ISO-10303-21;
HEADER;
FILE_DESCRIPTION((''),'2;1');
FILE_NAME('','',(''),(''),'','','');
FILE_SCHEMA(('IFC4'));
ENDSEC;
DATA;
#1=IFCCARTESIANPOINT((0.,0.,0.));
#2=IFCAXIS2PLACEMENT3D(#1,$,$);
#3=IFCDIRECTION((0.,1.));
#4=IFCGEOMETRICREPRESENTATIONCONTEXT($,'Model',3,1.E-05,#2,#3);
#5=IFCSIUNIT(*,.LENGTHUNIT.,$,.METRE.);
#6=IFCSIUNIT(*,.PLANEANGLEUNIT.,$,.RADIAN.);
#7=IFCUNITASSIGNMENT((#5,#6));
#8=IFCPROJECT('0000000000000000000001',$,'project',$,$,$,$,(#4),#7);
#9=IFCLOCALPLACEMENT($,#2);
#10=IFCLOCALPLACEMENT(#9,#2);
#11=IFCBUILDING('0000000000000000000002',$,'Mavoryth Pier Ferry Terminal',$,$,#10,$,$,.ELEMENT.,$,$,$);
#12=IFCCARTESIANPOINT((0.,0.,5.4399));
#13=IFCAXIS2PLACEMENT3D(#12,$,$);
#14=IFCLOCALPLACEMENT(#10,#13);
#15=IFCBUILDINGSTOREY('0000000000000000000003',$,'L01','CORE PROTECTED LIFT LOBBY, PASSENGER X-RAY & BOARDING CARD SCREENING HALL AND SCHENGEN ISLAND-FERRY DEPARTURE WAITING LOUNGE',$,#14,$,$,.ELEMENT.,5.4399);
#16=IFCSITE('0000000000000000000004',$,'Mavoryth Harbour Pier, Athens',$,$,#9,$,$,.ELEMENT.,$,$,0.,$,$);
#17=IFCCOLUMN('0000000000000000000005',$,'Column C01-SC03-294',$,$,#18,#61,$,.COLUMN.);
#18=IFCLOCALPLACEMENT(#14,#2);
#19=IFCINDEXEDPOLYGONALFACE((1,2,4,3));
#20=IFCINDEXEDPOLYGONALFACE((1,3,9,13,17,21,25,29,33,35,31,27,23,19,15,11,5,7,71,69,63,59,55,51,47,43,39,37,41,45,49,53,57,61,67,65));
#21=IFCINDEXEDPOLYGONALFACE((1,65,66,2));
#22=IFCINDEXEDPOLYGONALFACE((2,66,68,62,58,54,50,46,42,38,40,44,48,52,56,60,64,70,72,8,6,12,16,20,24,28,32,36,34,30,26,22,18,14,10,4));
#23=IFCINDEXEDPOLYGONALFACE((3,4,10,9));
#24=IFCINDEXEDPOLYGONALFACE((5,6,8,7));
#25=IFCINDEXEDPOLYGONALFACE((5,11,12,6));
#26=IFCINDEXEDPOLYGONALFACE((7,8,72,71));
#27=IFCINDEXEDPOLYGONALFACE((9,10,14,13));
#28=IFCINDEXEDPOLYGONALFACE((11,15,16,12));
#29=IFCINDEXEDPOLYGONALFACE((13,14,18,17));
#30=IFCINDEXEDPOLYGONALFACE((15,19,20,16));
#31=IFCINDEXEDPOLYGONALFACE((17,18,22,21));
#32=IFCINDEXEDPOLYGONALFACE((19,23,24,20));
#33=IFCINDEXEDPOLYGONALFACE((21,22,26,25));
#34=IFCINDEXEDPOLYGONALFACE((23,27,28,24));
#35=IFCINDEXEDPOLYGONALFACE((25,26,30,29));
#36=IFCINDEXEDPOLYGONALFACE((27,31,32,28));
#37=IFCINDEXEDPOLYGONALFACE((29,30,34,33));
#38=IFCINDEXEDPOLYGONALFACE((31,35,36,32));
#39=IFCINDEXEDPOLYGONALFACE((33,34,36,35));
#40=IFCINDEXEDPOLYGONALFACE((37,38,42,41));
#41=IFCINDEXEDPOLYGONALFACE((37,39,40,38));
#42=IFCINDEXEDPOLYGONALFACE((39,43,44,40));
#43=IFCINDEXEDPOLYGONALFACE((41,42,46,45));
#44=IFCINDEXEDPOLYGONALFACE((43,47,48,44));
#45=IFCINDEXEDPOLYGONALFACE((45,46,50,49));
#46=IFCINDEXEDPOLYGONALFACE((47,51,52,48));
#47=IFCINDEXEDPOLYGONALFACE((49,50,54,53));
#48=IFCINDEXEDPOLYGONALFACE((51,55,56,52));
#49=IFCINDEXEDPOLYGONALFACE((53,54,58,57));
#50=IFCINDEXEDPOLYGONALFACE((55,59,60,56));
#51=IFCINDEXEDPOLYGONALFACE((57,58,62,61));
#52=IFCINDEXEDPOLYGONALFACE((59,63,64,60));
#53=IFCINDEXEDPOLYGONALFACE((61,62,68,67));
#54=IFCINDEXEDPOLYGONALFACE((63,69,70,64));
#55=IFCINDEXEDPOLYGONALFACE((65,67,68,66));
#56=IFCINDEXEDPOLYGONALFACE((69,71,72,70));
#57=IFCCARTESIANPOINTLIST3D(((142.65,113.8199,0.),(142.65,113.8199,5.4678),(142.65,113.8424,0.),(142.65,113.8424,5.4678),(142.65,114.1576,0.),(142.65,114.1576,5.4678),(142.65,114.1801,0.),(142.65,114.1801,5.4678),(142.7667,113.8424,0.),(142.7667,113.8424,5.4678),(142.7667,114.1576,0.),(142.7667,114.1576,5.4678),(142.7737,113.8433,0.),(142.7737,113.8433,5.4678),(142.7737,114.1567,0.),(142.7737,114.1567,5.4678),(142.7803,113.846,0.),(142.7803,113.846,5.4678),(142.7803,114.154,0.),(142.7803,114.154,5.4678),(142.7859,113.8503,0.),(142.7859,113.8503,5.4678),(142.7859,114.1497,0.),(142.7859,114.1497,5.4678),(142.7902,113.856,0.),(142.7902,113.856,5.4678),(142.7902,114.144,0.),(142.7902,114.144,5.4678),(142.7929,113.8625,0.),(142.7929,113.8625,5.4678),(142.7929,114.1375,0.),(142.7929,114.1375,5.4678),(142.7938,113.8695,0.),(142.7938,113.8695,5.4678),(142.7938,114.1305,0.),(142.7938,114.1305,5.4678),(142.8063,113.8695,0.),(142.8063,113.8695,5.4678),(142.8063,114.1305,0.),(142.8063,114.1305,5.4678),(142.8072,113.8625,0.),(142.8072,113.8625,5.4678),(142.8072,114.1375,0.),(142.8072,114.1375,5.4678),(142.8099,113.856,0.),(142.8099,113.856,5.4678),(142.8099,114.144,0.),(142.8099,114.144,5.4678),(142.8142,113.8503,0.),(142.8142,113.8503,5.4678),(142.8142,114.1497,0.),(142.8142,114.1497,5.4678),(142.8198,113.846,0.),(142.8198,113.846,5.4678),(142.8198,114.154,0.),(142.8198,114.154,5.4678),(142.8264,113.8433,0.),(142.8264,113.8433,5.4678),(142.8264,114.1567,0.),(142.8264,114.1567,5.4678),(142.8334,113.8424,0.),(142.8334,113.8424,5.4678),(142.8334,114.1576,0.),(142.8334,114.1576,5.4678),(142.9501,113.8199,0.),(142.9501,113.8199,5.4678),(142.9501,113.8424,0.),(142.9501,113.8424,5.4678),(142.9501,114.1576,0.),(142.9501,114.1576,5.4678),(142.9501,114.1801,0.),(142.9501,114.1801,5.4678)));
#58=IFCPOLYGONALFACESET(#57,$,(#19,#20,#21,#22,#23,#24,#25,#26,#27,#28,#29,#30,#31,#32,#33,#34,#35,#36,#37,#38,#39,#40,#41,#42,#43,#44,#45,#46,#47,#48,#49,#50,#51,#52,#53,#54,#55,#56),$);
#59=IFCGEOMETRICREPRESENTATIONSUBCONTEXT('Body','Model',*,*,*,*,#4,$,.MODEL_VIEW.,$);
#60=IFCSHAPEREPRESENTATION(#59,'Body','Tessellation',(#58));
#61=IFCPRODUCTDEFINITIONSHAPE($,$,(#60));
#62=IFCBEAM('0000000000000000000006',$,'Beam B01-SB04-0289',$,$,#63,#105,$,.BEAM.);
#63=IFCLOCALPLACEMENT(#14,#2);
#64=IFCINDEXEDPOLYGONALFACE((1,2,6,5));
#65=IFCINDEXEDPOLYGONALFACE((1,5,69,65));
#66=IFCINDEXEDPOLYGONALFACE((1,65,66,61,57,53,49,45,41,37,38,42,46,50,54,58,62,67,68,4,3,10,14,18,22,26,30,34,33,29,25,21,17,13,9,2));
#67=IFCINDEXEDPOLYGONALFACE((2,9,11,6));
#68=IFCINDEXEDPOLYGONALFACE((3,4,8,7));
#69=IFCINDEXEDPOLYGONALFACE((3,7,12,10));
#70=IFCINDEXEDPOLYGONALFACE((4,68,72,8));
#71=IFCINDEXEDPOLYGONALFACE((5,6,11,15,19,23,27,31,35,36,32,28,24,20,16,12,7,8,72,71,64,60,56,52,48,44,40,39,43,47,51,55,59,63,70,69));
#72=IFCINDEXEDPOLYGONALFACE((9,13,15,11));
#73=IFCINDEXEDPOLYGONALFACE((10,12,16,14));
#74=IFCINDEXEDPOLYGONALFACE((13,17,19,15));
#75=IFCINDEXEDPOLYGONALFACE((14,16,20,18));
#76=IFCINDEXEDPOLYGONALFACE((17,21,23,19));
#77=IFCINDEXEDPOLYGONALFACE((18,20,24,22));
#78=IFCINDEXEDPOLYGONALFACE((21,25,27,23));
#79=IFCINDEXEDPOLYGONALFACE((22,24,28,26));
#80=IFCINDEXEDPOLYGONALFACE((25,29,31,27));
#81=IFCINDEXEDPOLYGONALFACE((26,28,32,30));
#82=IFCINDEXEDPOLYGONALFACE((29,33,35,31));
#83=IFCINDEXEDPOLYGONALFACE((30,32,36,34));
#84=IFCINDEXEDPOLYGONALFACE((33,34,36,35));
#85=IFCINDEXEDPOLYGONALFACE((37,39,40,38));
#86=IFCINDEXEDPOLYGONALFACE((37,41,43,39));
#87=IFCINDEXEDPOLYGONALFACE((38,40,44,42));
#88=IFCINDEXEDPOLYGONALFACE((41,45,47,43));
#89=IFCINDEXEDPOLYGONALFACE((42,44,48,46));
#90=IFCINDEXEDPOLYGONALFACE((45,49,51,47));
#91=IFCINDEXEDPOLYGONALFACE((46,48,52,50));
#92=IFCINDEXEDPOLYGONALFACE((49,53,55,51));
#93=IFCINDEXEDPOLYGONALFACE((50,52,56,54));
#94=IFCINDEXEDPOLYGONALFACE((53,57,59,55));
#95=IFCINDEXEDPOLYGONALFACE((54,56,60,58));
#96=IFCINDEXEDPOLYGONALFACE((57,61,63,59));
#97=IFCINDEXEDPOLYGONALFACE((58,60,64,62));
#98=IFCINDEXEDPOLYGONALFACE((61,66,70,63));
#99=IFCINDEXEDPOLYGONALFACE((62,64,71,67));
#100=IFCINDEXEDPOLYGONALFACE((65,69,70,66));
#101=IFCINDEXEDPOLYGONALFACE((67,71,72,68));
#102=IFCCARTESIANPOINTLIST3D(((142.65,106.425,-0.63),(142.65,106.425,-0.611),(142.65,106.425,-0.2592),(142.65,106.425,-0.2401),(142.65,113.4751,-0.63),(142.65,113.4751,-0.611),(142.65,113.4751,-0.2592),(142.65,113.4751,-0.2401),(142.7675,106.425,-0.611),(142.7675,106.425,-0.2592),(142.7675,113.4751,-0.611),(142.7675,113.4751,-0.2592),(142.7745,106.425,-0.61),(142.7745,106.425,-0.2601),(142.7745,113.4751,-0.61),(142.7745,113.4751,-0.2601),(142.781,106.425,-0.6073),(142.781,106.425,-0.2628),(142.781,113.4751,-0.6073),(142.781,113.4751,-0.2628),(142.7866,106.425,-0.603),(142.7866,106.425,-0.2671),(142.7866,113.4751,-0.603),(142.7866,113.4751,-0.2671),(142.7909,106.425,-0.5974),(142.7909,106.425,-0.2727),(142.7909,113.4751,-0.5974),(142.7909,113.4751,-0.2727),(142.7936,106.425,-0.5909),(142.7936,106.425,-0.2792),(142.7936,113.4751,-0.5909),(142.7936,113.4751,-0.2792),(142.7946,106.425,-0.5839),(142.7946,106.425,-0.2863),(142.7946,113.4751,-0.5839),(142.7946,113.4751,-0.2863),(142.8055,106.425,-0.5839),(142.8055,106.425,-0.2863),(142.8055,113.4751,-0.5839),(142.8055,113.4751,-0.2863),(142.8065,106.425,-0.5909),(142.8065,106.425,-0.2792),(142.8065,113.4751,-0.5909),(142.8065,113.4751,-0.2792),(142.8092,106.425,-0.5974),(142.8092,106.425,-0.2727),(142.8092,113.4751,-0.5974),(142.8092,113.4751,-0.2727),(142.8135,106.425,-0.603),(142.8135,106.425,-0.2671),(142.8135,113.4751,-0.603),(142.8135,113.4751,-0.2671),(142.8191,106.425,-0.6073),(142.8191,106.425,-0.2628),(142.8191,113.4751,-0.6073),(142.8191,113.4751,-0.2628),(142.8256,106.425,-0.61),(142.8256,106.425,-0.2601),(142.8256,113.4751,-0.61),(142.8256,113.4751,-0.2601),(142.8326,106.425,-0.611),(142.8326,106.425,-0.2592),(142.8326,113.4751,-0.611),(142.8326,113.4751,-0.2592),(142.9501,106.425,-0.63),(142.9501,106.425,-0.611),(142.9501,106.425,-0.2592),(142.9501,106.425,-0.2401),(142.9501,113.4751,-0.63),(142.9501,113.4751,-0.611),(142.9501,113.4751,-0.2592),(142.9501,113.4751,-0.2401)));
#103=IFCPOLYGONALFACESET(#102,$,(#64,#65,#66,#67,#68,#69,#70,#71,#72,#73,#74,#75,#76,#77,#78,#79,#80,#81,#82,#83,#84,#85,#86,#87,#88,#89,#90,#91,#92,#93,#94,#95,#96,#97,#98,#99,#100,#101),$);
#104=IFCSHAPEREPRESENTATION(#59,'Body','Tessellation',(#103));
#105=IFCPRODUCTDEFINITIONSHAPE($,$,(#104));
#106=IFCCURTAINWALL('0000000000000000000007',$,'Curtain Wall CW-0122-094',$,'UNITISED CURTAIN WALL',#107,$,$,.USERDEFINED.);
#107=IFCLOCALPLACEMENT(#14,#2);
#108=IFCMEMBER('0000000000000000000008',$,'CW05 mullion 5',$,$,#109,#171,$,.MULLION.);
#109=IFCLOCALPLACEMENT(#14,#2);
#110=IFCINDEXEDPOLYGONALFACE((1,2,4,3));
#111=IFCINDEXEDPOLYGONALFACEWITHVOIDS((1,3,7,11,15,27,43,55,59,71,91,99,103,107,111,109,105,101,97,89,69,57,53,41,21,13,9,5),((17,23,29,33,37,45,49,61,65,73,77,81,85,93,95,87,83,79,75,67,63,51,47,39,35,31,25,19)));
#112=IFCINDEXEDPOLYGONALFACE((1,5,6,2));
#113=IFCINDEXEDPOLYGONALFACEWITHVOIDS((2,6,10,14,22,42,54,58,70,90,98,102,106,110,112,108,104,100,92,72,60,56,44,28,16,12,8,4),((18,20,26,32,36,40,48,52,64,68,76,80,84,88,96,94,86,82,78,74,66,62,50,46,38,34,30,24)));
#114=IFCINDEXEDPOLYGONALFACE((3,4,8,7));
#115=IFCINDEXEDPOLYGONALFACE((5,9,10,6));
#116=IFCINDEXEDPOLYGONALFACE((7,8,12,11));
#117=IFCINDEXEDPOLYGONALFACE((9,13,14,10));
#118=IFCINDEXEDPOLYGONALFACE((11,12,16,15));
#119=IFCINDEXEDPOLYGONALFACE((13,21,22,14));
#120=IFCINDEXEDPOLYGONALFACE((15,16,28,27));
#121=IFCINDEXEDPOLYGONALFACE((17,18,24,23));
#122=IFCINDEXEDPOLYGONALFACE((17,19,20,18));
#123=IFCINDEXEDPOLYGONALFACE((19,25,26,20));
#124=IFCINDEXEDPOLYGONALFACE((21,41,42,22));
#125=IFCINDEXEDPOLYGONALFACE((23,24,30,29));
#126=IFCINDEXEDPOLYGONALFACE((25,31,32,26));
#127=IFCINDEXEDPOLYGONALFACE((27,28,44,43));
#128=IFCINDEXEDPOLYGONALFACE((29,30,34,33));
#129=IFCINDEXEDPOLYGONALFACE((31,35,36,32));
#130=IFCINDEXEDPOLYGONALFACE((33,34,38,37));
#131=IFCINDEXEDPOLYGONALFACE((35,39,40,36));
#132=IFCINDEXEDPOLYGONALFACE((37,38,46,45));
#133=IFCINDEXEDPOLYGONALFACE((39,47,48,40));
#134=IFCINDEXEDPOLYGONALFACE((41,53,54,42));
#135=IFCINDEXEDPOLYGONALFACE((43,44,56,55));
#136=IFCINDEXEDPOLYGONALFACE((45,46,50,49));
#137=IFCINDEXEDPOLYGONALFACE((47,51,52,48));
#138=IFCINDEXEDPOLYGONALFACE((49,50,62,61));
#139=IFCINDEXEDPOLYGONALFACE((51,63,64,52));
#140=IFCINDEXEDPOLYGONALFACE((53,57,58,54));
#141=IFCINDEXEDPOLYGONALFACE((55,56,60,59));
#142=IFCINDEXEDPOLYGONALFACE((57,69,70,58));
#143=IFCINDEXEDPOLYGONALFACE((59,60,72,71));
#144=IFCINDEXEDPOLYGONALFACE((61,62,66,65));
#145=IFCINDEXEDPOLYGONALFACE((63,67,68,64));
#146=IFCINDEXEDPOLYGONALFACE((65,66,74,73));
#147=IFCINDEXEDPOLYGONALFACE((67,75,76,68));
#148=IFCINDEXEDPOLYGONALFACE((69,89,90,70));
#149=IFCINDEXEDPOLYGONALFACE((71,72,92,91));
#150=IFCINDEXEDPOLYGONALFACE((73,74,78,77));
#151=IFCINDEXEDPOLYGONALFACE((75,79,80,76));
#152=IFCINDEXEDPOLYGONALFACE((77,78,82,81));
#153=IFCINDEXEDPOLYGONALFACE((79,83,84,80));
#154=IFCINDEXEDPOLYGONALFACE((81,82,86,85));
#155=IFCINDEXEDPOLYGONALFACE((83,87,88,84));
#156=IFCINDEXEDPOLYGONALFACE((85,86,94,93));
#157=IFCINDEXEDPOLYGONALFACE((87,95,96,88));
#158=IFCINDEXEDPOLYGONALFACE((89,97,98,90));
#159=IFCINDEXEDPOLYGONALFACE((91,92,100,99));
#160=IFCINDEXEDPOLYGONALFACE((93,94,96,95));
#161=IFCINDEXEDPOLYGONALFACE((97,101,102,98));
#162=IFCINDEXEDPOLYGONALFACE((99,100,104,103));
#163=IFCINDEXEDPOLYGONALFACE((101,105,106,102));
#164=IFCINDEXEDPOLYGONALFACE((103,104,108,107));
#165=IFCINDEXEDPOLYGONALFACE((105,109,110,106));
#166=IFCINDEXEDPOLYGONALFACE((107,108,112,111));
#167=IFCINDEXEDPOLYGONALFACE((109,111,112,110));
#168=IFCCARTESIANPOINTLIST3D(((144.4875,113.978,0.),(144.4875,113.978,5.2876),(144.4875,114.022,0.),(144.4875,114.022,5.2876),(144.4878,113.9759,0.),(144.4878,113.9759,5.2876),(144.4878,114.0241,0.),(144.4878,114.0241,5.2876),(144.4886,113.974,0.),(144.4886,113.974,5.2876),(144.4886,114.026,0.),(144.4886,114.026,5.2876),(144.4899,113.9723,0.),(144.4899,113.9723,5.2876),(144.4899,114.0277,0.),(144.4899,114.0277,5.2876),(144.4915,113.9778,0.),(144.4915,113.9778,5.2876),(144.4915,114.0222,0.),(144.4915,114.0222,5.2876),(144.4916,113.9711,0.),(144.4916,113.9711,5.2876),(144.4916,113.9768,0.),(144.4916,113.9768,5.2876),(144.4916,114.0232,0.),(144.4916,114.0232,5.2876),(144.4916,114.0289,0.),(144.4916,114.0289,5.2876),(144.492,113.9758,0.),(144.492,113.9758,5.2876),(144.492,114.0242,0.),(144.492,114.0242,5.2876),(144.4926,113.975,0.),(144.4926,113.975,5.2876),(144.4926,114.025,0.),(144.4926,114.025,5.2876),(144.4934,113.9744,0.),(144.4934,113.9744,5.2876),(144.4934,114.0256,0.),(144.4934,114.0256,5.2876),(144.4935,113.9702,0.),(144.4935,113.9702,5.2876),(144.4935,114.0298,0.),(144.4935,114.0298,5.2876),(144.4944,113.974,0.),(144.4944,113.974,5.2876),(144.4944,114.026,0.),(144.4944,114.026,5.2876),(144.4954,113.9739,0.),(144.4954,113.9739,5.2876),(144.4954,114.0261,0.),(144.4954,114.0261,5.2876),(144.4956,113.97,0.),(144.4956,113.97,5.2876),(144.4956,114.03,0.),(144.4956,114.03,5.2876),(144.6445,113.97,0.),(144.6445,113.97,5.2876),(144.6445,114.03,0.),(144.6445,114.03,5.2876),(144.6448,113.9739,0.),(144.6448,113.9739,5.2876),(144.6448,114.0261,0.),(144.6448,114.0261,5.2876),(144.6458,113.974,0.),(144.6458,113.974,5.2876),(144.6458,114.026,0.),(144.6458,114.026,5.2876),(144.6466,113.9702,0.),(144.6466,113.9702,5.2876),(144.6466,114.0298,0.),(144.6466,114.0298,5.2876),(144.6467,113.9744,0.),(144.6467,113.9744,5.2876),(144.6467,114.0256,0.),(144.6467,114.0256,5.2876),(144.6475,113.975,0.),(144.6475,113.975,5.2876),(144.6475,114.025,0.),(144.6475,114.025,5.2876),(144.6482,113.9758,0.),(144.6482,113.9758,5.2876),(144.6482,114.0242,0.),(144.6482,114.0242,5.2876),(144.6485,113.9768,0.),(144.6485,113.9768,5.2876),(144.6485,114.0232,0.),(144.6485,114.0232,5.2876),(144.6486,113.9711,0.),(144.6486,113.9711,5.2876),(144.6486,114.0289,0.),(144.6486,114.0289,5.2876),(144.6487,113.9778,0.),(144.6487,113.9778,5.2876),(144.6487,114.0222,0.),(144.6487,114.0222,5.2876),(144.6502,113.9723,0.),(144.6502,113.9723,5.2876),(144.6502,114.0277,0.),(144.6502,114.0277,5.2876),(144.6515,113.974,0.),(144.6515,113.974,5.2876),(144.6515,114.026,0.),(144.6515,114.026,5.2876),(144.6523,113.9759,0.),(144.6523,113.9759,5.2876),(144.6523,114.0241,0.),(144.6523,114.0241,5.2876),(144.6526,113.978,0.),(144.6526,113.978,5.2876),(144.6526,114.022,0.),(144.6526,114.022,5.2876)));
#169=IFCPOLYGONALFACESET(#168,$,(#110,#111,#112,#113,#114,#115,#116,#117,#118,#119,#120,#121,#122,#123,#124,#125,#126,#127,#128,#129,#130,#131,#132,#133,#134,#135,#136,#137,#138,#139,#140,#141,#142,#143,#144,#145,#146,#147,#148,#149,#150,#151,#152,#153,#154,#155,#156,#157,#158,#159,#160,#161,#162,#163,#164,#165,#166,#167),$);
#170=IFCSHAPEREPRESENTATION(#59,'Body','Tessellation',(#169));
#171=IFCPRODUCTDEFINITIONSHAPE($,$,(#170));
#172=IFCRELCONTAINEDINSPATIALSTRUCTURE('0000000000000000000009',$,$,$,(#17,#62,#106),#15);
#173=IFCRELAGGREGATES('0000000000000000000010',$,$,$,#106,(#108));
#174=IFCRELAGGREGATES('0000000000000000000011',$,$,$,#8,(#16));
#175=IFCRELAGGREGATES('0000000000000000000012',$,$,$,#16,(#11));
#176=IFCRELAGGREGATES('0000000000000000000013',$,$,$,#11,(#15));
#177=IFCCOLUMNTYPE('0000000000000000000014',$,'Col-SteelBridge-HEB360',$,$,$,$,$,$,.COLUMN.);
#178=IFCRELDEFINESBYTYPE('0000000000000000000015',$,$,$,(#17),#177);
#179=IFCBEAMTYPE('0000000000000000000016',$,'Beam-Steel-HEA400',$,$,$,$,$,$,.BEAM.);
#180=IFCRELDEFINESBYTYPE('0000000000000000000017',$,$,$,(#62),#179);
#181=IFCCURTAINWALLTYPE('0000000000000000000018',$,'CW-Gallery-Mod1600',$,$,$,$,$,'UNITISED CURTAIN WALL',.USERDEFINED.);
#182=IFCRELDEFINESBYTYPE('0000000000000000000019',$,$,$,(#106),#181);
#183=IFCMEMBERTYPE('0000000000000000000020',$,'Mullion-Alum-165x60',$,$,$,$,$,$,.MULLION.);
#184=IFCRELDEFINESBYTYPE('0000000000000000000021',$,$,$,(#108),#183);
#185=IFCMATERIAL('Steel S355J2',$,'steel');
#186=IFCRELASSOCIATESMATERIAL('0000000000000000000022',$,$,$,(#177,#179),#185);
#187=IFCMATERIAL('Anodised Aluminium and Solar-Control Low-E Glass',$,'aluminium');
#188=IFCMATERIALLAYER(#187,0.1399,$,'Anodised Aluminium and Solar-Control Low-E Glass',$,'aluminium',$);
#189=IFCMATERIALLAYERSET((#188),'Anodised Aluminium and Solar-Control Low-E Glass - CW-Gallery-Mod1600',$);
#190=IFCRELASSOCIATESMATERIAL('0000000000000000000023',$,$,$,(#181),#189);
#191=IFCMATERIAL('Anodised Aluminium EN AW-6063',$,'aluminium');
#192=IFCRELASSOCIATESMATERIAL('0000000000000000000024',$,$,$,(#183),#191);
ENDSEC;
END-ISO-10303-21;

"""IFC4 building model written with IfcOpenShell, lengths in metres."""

from ifc_helpers import new_model, si_unit, direction, frame, origin, origin_2d, place, context, subcontext, project, spatial, hollow_rectangle, i_section, extrude, material, layer, layer_set, material_profile, profile_set, type_object, element, aggregate, save


model = new_model("IFC4")

# Units and contexts
model_context = context("Model", 3, precision=1e-05, world=origin(), true_north=direction((0.0, 1.0)))
body_context = subcontext(model_context, "Body", "Model", "MODEL_VIEW")
ifc_project = project(units=[si_unit("LENGTHUNIT", "METRE"), si_unit("PLANEANGLEUNIT", "RADIAN")], contexts=[model_context])

# Site, building, storey
site_placement = place(None, origin())
site = spatial("IfcSite", under=ifc_project, at=site_placement, Name="Mavoryth Harbour Pier, Athens", CompositionType="ELEMENT", RefElevation=0.0)
building_placement = place(site_placement, origin())
building = spatial("IfcBuilding", under=site, at=building_placement, Name="Mavoryth Pier Ferry Terminal", CompositionType="ELEMENT")
storey_placement = place(building_placement, frame((0.0, 0.0, 5.4399)))
storey = spatial("IfcBuildingStorey", under=building, at=storey_placement, Name="L01", Description="CORE PROTECTED LIFT LOBBY, PASSENGER X-RAY & BOARDING CARD SCREENING HALL AND SCHENGEN ISLAND-FERRY DEPARTURE WAITING LOUNGE", CompositionType="ELEMENT", Elevation=5.4399)

# Column
ifc_material_1 = material(Name="Steel S355J2", Category="steel")
ifc_material_profile_1 = material_profile(ifc_material_1, i_section(OverallWidth=0.3, OverallDepth=0.3601, WebThickness=0.0125, FlangeThickness=0.0225, FilletRadius=0.0271, at=origin_2d()), Name="HEB 360", Category="steel")
ifc_profile_set_1 = profile_set([ifc_material_profile_1], Name="Steel S355J2 - HEB 360")
column_type = type_object("IfcColumnType", Name="Col-SteelBridge-HEB360", PredefinedType="COLUMN", material=ifc_profile_set_1)
column_placement = place(storey_placement, frame((142.8, 114.0, 0.0), z_axis=(0.0, 0.0, 1.0), x_axis=(1.0, 0.0, 0.0)))
element("IfcColumn", 1, at=column_placement, inside=storey, type_object=column_type, Name="Column C01-SC03-294", PredefinedType="COLUMN", context=body_context, shape_type="SweptSolid", body=[
    extrude(i_section(OverallWidth=0.3, OverallDepth=0.3601, WebThickness=0.0125, FlangeThickness=0.0225, FilletRadius=0.0271, at=origin_2d()), origin(), (0.0, 0.0, 1.0), 5.4678),
])

# Beam
ifc_material_profile_2 = material_profile(ifc_material_1, i_section(OverallWidth=0.3, OverallDepth=0.3899, WebThickness=0.011, FlangeThickness=0.019, FilletRadius=0.0271, at=origin_2d()), Name="HEA 400", Category="steel")
ifc_profile_set_2 = profile_set([ifc_material_profile_2], Name="Steel S355J2 - HEA 400")
beam_type_1 = type_object("IfcBeamType", Name="Beam-Steel-HEA400", PredefinedType="BEAM", material=ifc_profile_set_2)
beam_1_placement = place(storey_placement, frame((142.8, 106.425, -0.4351), z_axis=(0.0, 1.0, 0.0), x_axis=(-1.0, 0.0, 0.0)))
element("IfcBeam", 2, at=beam_1_placement, inside=storey, type_object=beam_type_1, Name="Beam B01-SB04-0289", PredefinedType="BEAM", context=body_context, shape_type="SweptSolid", body=[
    extrude(i_section(OverallWidth=0.3, OverallDepth=0.3899, WebThickness=0.011, FlangeThickness=0.019, FilletRadius=0.0271, at=origin_2d()), origin(), (0.0, 0.0, 1.0), 7.05),
])

# Curtain wall, member
ifc_material_2 = material(Name="Anodised Aluminium and Solar-Control Low-E Glass", Category="aluminium")
ifc_layer_1 = layer(ifc_material_2, 0.1399, Name="Anodised Aluminium and Solar-Control Low-E Glass", Category="aluminium")
ifc_layer_set_1 = layer_set([ifc_layer_1], Name="Anodised Aluminium and Solar-Control Low-E Glass - CW-Gallery-Mod1600")
curtain_wall_type = type_object("IfcCurtainWallType", Name="CW-Gallery-Mod1600", ElementType="UNITISED CURTAIN WALL", PredefinedType="USERDEFINED", material=ifc_layer_set_1)
curtain_wall_placement = place(storey_placement, origin())
curtain_wall = element("IfcCurtainWall", 3, at=curtain_wall_placement, inside=storey, type_object=curtain_wall_type, Name="Curtain Wall CW-0122-094", ObjectType="UNITISED CURTAIN WALL", PredefinedType="USERDEFINED")
ifc_material_3 = material(Name="Anodised Aluminium EN AW-6063", Category="aluminium")
ifc_material_profile_3 = material_profile(ifc_material_3, hollow_rectangle(XDim=0.0601, YDim=0.165, WallThickness=0.0039, InnerFilletRadius=0.0039, OuterFilletRadius=0.0081, at=origin_2d()), Name="AL-MULL 165x60x4", Category="aluminium")
ifc_profile_set_3 = profile_set([ifc_material_profile_3], Name="Anodised Aluminium EN AW-6063 - AL-MULL 165x60x4")
member_type_1 = type_object("IfcMemberType", Name="Mullion-Alum-165x60", PredefinedType="MULLION", material=ifc_profile_set_3)
member_1_placement = place(storey_placement, frame((144.5701, 114.0, 0.0), z_axis=(0.0, 0.0, 1.0), x_axis=(0.0, -1.0, 0.0)))
member_1 = element("IfcMember", 4, at=member_1_placement, type_object=member_type_1, Name="CW05 mullion 5", PredefinedType="MULLION", context=body_context, shape_type="SweptSolid", body=[
    extrude(hollow_rectangle(XDim=0.0601, YDim=0.165, WallThickness=0.0039, InnerFilletRadius=0.0039, OuterFilletRadius=0.0081, at=origin_2d()), origin(), (0.0, 0.0, 1.0), 5.2876),
])

aggregate(curtain_wall, [member_1])

save(model, "model.ifc")
